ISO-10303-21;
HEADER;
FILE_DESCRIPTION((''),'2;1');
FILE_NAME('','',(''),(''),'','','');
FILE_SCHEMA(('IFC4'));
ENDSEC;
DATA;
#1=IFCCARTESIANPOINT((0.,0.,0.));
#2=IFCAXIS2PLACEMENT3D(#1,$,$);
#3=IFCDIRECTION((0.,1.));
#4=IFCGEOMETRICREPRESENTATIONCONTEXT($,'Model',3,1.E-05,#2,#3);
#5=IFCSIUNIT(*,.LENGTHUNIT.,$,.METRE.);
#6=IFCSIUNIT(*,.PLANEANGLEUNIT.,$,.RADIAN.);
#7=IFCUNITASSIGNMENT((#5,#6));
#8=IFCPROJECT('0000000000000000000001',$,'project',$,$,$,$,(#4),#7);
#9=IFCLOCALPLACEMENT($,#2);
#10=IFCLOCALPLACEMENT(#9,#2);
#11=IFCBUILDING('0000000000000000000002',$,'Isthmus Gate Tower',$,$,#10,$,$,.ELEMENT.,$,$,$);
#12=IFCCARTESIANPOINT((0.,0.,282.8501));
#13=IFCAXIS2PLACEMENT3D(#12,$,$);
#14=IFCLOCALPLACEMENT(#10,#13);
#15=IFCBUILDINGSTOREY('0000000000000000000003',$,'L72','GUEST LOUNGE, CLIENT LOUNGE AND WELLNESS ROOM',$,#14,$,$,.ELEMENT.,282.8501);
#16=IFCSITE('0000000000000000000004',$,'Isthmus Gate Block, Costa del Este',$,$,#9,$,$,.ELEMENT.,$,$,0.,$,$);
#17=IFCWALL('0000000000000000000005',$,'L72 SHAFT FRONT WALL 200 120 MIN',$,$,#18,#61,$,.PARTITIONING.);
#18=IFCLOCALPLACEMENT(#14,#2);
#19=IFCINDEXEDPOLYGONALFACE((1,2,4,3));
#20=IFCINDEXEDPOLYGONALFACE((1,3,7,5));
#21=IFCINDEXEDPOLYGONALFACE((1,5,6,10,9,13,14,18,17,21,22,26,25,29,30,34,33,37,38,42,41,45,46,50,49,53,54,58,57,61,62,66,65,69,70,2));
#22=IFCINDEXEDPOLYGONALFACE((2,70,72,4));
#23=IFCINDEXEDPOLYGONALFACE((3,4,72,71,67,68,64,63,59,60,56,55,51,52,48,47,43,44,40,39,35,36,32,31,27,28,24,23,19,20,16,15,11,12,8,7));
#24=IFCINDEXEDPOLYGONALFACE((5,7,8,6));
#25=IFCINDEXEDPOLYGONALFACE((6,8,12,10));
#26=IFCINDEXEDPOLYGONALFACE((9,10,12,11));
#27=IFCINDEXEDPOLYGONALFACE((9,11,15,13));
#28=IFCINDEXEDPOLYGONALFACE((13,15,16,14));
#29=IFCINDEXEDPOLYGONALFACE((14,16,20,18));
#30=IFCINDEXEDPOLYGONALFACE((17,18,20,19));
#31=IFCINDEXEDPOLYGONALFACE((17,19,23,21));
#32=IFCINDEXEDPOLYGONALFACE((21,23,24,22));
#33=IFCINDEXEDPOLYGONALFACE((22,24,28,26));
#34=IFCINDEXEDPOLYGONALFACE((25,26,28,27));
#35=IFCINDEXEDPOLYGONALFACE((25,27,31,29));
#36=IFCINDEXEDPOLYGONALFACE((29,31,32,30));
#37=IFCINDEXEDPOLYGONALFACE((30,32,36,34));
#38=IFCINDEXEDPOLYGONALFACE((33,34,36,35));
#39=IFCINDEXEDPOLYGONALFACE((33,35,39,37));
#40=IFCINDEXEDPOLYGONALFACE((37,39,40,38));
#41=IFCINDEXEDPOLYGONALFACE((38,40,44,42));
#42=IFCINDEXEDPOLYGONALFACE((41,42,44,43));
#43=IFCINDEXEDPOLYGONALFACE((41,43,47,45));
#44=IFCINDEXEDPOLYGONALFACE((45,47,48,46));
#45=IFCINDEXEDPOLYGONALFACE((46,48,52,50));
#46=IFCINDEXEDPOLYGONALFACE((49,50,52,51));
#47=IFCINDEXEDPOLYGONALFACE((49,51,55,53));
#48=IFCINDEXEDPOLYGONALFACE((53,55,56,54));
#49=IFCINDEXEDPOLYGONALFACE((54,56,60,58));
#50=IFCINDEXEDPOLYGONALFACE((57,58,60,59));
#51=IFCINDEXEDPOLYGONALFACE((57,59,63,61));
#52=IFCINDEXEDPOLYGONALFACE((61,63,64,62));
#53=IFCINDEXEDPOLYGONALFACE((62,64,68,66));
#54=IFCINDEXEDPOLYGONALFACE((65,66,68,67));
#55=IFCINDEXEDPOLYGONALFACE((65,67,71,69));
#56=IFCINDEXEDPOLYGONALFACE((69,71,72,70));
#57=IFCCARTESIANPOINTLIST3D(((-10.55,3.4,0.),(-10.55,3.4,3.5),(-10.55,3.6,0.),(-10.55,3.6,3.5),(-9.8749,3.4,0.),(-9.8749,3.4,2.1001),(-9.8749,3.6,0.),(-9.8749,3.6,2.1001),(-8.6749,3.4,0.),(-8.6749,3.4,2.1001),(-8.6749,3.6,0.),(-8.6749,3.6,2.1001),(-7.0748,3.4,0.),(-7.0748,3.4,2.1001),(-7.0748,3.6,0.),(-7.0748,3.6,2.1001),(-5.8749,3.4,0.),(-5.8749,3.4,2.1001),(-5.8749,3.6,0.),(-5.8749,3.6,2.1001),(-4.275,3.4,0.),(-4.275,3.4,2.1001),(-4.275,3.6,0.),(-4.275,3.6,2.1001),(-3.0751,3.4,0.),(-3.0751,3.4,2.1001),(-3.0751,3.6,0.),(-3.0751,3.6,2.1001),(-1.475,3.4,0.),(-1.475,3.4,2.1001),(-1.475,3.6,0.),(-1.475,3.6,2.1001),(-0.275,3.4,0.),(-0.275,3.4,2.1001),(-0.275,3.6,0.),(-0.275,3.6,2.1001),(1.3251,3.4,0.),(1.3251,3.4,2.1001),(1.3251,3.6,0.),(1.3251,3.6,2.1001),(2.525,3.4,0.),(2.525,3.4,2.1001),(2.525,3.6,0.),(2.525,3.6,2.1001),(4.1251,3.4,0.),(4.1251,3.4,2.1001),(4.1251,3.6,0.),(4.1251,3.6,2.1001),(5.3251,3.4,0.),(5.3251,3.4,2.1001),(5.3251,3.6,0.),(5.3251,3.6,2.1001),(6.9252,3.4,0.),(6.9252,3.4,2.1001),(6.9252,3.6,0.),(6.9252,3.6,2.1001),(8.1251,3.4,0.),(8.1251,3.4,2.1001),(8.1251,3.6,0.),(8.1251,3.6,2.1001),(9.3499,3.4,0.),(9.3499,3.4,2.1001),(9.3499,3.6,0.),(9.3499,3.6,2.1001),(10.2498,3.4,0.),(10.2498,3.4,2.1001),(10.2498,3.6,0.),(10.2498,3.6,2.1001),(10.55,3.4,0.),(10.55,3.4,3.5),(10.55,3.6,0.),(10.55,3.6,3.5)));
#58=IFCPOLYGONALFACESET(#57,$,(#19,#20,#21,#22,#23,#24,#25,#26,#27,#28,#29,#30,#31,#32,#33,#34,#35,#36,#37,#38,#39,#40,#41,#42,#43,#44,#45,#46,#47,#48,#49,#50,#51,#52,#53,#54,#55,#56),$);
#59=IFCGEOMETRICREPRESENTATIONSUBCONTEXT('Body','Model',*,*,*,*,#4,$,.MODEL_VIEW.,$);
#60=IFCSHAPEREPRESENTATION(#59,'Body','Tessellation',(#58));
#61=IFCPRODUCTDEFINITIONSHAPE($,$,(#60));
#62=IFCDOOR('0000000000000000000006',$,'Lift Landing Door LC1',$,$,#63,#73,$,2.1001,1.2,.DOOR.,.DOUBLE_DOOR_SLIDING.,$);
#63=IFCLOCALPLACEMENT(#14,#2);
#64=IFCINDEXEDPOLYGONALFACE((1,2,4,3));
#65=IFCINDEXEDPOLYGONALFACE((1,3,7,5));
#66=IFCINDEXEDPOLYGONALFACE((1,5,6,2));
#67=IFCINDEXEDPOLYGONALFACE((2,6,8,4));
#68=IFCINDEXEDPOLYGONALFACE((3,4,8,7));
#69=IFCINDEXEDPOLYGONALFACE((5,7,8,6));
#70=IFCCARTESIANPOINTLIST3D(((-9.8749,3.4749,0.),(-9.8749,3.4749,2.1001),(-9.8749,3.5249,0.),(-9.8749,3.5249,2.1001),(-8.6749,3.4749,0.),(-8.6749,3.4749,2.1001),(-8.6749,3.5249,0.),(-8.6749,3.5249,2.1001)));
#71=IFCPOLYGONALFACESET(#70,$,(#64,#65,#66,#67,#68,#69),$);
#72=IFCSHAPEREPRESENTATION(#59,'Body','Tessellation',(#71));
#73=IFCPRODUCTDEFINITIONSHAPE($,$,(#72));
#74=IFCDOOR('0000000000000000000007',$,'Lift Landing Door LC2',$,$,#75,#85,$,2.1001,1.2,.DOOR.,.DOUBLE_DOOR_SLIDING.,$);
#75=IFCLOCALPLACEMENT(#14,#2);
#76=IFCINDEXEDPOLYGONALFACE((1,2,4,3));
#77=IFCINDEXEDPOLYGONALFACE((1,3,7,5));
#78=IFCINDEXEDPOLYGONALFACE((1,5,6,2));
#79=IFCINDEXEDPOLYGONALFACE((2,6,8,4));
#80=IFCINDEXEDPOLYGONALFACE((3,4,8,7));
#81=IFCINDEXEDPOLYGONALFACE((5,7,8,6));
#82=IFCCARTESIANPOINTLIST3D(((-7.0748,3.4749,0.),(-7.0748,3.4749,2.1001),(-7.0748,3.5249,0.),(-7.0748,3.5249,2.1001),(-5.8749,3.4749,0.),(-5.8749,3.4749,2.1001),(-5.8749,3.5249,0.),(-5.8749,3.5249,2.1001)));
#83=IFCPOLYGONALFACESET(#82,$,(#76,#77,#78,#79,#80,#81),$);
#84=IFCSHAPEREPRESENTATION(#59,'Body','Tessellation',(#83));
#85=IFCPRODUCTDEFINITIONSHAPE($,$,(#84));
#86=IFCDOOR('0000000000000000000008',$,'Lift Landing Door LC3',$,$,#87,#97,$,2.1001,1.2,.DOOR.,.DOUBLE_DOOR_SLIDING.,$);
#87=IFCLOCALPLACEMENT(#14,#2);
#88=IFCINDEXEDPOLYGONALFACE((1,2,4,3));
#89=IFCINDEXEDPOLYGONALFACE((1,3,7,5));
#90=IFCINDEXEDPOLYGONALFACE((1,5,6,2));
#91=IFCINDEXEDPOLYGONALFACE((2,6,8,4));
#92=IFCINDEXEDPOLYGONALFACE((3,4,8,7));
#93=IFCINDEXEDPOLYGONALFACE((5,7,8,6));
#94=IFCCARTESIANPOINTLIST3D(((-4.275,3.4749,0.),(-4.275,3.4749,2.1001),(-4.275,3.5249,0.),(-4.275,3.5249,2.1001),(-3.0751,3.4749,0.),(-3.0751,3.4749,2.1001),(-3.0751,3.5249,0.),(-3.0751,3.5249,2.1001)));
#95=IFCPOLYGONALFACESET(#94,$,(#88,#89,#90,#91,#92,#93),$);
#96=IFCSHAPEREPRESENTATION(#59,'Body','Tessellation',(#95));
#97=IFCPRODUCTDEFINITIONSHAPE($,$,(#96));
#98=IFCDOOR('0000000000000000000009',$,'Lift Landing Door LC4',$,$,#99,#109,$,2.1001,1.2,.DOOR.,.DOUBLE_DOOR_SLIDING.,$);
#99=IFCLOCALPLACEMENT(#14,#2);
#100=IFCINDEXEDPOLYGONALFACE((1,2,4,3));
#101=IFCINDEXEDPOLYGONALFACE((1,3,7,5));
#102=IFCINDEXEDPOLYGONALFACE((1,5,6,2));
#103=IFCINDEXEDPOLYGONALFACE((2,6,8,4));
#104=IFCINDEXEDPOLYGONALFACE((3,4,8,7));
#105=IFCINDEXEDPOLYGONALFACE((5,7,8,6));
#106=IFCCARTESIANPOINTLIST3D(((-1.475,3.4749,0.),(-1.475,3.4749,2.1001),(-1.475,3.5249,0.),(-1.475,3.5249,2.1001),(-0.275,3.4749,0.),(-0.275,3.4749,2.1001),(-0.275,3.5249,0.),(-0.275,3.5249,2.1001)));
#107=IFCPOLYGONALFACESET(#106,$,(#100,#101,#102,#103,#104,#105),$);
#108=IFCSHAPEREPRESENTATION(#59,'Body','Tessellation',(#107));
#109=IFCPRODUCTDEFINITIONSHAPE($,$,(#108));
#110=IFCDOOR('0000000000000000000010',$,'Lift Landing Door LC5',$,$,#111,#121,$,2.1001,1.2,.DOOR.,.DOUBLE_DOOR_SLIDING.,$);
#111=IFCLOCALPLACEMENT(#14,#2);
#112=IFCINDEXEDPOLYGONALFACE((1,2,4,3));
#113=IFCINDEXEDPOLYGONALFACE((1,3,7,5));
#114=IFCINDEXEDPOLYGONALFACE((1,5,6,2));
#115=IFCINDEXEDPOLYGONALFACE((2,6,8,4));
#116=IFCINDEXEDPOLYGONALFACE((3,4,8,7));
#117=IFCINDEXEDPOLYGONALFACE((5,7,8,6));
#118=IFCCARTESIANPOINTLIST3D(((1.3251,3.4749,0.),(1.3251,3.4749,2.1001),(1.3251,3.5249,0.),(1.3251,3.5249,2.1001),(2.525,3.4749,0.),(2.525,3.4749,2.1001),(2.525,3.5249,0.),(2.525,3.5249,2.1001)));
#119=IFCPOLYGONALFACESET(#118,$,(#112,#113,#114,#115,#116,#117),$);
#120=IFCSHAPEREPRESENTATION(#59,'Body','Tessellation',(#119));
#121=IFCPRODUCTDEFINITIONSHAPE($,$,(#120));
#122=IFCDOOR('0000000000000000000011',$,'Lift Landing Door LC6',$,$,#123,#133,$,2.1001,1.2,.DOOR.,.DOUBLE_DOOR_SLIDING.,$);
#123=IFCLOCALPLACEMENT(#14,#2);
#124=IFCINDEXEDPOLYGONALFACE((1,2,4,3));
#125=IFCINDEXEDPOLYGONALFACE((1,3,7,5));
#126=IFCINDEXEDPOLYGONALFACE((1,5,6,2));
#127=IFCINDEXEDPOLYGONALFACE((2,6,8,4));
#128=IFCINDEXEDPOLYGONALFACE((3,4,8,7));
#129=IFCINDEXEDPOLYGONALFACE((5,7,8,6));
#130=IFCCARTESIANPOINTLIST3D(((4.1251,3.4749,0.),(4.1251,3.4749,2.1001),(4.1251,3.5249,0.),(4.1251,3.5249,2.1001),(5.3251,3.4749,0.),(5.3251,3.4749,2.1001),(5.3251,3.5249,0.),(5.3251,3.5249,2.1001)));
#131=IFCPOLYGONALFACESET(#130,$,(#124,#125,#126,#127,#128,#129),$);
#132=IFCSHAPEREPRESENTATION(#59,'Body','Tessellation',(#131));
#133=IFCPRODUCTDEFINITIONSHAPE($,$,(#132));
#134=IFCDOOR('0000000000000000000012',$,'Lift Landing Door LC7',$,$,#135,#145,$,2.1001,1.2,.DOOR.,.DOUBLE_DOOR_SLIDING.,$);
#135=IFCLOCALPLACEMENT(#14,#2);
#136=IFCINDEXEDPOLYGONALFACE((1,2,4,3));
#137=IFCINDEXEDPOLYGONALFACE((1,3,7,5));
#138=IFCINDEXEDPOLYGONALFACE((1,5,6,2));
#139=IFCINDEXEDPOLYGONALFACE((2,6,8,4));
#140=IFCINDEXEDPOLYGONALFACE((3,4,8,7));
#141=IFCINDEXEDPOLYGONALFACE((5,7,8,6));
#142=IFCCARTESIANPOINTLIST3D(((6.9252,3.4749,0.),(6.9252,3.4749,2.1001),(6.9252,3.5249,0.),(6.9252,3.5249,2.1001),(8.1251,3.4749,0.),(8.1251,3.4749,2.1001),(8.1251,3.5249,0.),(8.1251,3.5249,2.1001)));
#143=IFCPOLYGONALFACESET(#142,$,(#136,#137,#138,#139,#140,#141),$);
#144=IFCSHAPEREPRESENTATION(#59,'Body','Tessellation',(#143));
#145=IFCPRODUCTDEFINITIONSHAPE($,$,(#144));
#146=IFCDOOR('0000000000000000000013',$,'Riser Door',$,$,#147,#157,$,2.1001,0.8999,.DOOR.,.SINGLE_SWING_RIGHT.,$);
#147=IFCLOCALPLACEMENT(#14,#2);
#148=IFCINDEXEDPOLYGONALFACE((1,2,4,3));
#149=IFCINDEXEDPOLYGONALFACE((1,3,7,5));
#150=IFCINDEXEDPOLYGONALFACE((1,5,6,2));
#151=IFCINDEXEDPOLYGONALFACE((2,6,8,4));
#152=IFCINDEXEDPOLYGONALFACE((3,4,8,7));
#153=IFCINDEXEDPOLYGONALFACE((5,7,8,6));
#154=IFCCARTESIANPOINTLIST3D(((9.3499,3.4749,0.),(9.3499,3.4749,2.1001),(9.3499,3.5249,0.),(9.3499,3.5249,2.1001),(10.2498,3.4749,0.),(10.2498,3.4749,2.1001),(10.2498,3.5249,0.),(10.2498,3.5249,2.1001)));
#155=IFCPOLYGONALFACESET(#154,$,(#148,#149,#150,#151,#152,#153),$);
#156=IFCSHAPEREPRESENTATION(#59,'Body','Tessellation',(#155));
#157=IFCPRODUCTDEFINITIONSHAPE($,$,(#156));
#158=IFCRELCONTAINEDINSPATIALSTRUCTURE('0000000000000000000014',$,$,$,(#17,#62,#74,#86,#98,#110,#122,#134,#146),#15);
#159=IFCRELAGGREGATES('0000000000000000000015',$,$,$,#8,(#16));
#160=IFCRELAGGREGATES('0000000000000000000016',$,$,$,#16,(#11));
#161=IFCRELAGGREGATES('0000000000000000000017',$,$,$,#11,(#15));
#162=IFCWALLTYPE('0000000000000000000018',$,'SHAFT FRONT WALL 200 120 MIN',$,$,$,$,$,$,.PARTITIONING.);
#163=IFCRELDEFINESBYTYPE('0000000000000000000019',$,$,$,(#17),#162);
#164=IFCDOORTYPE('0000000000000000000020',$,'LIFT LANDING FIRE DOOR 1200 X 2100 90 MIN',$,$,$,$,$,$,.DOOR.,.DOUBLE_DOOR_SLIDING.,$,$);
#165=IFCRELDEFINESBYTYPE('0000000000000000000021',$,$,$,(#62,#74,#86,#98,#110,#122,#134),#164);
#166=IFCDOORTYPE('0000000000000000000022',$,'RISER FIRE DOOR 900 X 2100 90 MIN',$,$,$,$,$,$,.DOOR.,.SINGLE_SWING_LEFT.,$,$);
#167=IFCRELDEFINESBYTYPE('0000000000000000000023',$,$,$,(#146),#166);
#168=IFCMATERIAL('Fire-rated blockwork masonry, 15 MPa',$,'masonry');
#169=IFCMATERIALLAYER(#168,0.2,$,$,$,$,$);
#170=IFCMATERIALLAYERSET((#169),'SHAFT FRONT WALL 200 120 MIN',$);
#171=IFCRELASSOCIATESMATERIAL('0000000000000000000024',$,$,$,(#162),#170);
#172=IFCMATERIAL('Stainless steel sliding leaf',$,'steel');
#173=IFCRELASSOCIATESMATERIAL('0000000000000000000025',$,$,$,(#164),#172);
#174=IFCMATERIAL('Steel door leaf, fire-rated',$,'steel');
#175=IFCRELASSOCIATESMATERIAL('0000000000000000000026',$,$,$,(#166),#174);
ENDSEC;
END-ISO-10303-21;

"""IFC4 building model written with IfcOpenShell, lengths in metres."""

from ifc_helpers import new_model, si_unit, direction, frame, frame_2d, origin, place, context, subcontext, project, spatial, rectangle, extrude, material, layer, layer_set, type_object, element, fill, save


model = new_model("IFC4")

# Units and contexts
model_context = context("Model", 3, precision=1e-05, world=origin(), true_north=direction((0.0, 1.0)))
body_context = subcontext(model_context, "Body", "Model", "MODEL_VIEW")
ifc_project = project(units=[si_unit("LENGTHUNIT", "METRE"), si_unit("PLANEANGLEUNIT", "RADIAN")], contexts=[model_context])

# Site, building, storey
site_placement = place(None, origin())
site = spatial("IfcSite", under=ifc_project, at=site_placement, Name="Isthmus Gate Block, Costa del Este", CompositionType="ELEMENT", RefElevation=0.0)
building_placement = place(site_placement, origin())
building = spatial("IfcBuilding", under=site, at=building_placement, Name="Isthmus Gate Tower", CompositionType="ELEMENT")
storey_placement = place(building_placement, frame((0.0, 0.0, 282.8501)))
storey = spatial("IfcBuildingStorey", under=building, at=storey_placement, Name="L72", Description="GUEST LOUNGE, CLIENT LOUNGE AND WELLNESS ROOM", CompositionType="ELEMENT", Elevation=282.8501)

# Wall, openings, doors
ifc_material_1 = material(Name="Fire-rated blockwork masonry, 15 MPa", Category="masonry")
ifc_layer_1 = layer(ifc_material_1, 0.2)
ifc_layer_set_1 = layer_set([ifc_layer_1], Name="SHAFT FRONT WALL 200 120 MIN")
wall_type_1 = type_object("IfcWallType", Name="SHAFT FRONT WALL 200 120 MIN", PredefinedType="PARTITIONING", material=ifc_layer_set_1)
wall_1_placement = place(storey_placement, frame((-10.55, 3.5, 0.0), z_axis=(0.0, 0.0, 1.0), x_axis=(1.0, 0.0, 0.0)))
wall_1 = element("IfcWall", 1, at=wall_1_placement, inside=storey, type_object=wall_type_1, Name="L72 SHAFT FRONT WALL 200 120 MIN", PredefinedType="PARTITIONING", context=body_context, shape_type="SweptSolid", body=[
    extrude(rectangle(XDim=21.1001, YDim=0.2, at=frame_2d((10.55, 0.0))), origin(), (0.0, 0.0, 1.0), 3.5),
])
opening_1_placement = place(wall_1_placement, frame((0.675, 0.0, 0.0)))
opening_1 = element("IfcOpeningElement", 2, at=opening_1_placement, cuts=wall_1, PredefinedType="OPENING", context=body_context, shape_type="SweptSolid", body=[
    extrude(rectangle(XDim=1.2, YDim=2.1001, at=frame_2d((0.6001, 1.05))), frame((0.0, 0.1099, 0.0), z_axis=(0.0, -1.0, 0.0), x_axis=(1.0, 0.0, 0.0)), (0.0, 0.0, 1.0), 0.22),
])
opening_2_placement = place(wall_1_placement, frame((3.4751, 0.0, 0.0)))
opening_2 = element("IfcOpeningElement", 3, at=opening_2_placement, cuts=wall_1, PredefinedType="OPENING", context=body_context, shape_type="SweptSolid", body=[
    extrude(rectangle(XDim=1.2, YDim=2.1001, at=frame_2d((0.6001, 1.05))), frame((0.0, 0.1099, 0.0), z_axis=(0.0, -1.0, 0.0), x_axis=(1.0, 0.0, 0.0)), (0.0, 0.0, 1.0), 0.22),
])
opening_3_placement = place(wall_1_placement, frame((6.2749, 0.0, 0.0)))
opening_3 = element("IfcOpeningElement", 4, at=opening_3_placement, cuts=wall_1, PredefinedType="OPENING", context=body_context, shape_type="SweptSolid", body=[
    extrude(rectangle(XDim=1.2, YDim=2.1001, at=frame_2d((0.6001, 1.05))), frame((0.0, 0.1099, 0.0), z_axis=(0.0, -1.0, 0.0), x_axis=(1.0, 0.0, 0.0)), (0.0, 0.0, 1.0), 0.22),
])
opening_4_placement = place(wall_1_placement, frame((9.075, 0.0, 0.0)))
opening_4 = element("IfcOpeningElement", 5, at=opening_4_placement, cuts=wall_1, PredefinedType="OPENING", context=body_context, shape_type="SweptSolid", body=[
    extrude(rectangle(XDim=1.2, YDim=2.1001, at=frame_2d((0.6001, 1.05))), frame((0.0, 0.1099, 0.0), z_axis=(0.0, -1.0, 0.0), x_axis=(1.0, 0.0, 0.0)), (0.0, 0.0, 1.0), 0.22),
])
opening_5_placement = place(wall_1_placement, frame((11.875, 0.0, 0.0)))
opening_5 = element("IfcOpeningElement", 6, at=opening_5_placement, cuts=wall_1, PredefinedType="OPENING", context=body_context, shape_type="SweptSolid", body=[
    extrude(rectangle(XDim=1.2, YDim=2.1001, at=frame_2d((0.6001, 1.05))), frame((0.0, 0.1099, 0.0), z_axis=(0.0, -1.0, 0.0), x_axis=(1.0, 0.0, 0.0)), (0.0, 0.0, 1.0), 0.22),
])
opening_6_placement = place(wall_1_placement, frame((14.675, 0.0, 0.0)))
opening_6 = element("IfcOpeningElement", 7, at=opening_6_placement, cuts=wall_1, PredefinedType="OPENING", context=body_context, shape_type="SweptSolid", body=[
    extrude(rectangle(XDim=1.2, YDim=2.1001, at=frame_2d((0.6001, 1.05))), frame((0.0, 0.1099, 0.0), z_axis=(0.0, -1.0, 0.0), x_axis=(1.0, 0.0, 0.0)), (0.0, 0.0, 1.0), 0.22),
])
opening_7_placement = place(wall_1_placement, frame((17.4751, 0.0, 0.0)))
opening_7 = element("IfcOpeningElement", 8, at=opening_7_placement, cuts=wall_1, PredefinedType="OPENING", context=body_context, shape_type="SweptSolid", body=[
    extrude(rectangle(XDim=1.2, YDim=2.1001, at=frame_2d((0.6001, 1.05))), frame((0.0, 0.1099, 0.0), z_axis=(0.0, -1.0, 0.0), x_axis=(1.0, 0.0, 0.0)), (0.0, 0.0, 1.0), 0.22),
])
opening_8_placement = place(wall_1_placement, frame((19.8999, 0.0, 0.0)))
opening_8 = element("IfcOpeningElement", 9, at=opening_8_placement, cuts=wall_1, PredefinedType="OPENING", context=body_context, shape_type="SweptSolid", body=[
    extrude(rectangle(XDim=0.8999, YDim=2.1001, at=frame_2d((0.45, 1.05))), frame((0.0, 0.1099, 0.0), z_axis=(0.0, -1.0, 0.0), x_axis=(1.0, 0.0, 0.0)), (0.0, 0.0, 1.0), 0.22),
])
ifc_material_2 = material(Name="Stainless steel sliding leaf", Category="steel")
door_type_1 = type_object("IfcDoorType", Name="LIFT LANDING FIRE DOOR 1200 X 2100 90 MIN", OperationType="DOUBLE_DOOR_SLIDING", PredefinedType="DOOR", material=ifc_material_2)
door_1_placement = place(opening_1_placement, origin())
door_1 = element("IfcDoor", 10, at=door_1_placement, inside=storey, type_object=door_type_1, Name="Lift Landing Door LC1", OperationType="DOUBLE_DOOR_SLIDING", OverallHeight=2.1001, OverallWidth=1.2, PredefinedType="DOOR", context=body_context, shape_type="SweptSolid", body=[
    extrude(rectangle(XDim=1.2, YDim=2.1001, at=frame_2d((0.6001, 1.05))), frame((0.0, 0.0249, 0.0), z_axis=(0.0, -1.0, 0.0), x_axis=(1.0, 0.0, 0.0)), (0.0, 0.0, 1.0), 0.05),
])
fill(opening_1, door_1)
door_2_placement = place(opening_2_placement, origin())
door_2 = element("IfcDoor", 11, at=door_2_placement, inside=storey, type_object=door_type_1, Name="Lift Landing Door LC2", OperationType="DOUBLE_DOOR_SLIDING", OverallHeight=2.1001, OverallWidth=1.2, PredefinedType="DOOR", context=body_context, shape_type="SweptSolid", body=[
    extrude(rectangle(XDim=1.2, YDim=2.1001, at=frame_2d((0.6001, 1.05))), frame((0.0, 0.0249, 0.0), z_axis=(0.0, -1.0, 0.0), x_axis=(1.0, 0.0, 0.0)), (0.0, 0.0, 1.0), 0.05),
])
fill(opening_2, door_2)
door_3_placement = place(opening_3_placement, origin())
door_3 = element("IfcDoor", 12, at=door_3_placement, inside=storey, type_object=door_type_1, Name="Lift Landing Door LC3", OperationType="DOUBLE_DOOR_SLIDING", OverallHeight=2.1001, OverallWidth=1.2, PredefinedType="DOOR", context=body_context, shape_type="SweptSolid", body=[
    extrude(rectangle(XDim=1.2, YDim=2.1001, at=frame_2d((0.6001, 1.05))), frame((0.0, 0.0249, 0.0), z_axis=(0.0, -1.0, 0.0), x_axis=(1.0, 0.0, 0.0)), (0.0, 0.0, 1.0), 0.05),
])
fill(opening_3, door_3)
door_4_placement = place(opening_4_placement, origin())
door_4 = element("IfcDoor", 13, at=door_4_placement, inside=storey, type_object=door_type_1, Name="Lift Landing Door LC4", OperationType="DOUBLE_DOOR_SLIDING", OverallHeight=2.1001, OverallWidth=1.2, PredefinedType="DOOR", context=body_context, shape_type="SweptSolid", body=[
    extrude(rectangle(XDim=1.2, YDim=2.1001, at=frame_2d((0.6001, 1.05))), frame((0.0, 0.0249, 0.0), z_axis=(0.0, -1.0, 0.0), x_axis=(1.0, 0.0, 0.0)), (0.0, 0.0, 1.0), 0.05),
])
fill(opening_4, door_4)
door_5_placement = place(opening_5_placement, origin())
door_5 = element("IfcDoor", 14, at=door_5_placement, inside=storey, type_object=door_type_1, Name="Lift Landing Door LC5", OperationType="DOUBLE_DOOR_SLIDING", OverallHeight=2.1001, OverallWidth=1.2, PredefinedType="DOOR", context=body_context, shape_type="SweptSolid", body=[
    extrude(rectangle(XDim=1.2, YDim=2.1001, at=frame_2d((0.6001, 1.05))), frame((0.0, 0.0249, 0.0), z_axis=(0.0, -1.0, 0.0), x_axis=(1.0, 0.0, 0.0)), (0.0, 0.0, 1.0), 0.05),
])
fill(opening_5, door_5)
door_6_placement = place(opening_6_placement, origin())
door_6 = element("IfcDoor", 15, at=door_6_placement, inside=storey, type_object=door_type_1, Name="Lift Landing Door LC6", OperationType="DOUBLE_DOOR_SLIDING", OverallHeight=2.1001, OverallWidth=1.2, PredefinedType="DOOR", context=body_context, shape_type="SweptSolid", body=[
    extrude(rectangle(XDim=1.2, YDim=2.1001, at=frame_2d((0.6001, 1.05))), frame((0.0, 0.0249, 0.0), z_axis=(0.0, -1.0, 0.0), x_axis=(1.0, 0.0, 0.0)), (0.0, 0.0, 1.0), 0.05),
])
fill(opening_6, door_6)
door_7_placement = place(opening_7_placement, origin())
door_7 = element("IfcDoor", 16, at=door_7_placement, inside=storey, type_object=door_type_1, Name="Lift Landing Door LC7", OperationType="DOUBLE_DOOR_SLIDING", OverallHeight=2.1001, OverallWidth=1.2, PredefinedType="DOOR", context=body_context, shape_type="SweptSolid", body=[
    extrude(rectangle(XDim=1.2, YDim=2.1001, at=frame_2d((0.6001, 1.05))), frame((0.0, 0.0249, 0.0), z_axis=(0.0, -1.0, 0.0), x_axis=(1.0, 0.0, 0.0)), (0.0, 0.0, 1.0), 0.05),
])
fill(opening_7, door_7)
ifc_material_3 = material(Name="Steel door leaf, fire-rated", Category="steel")
door_type_2 = type_object("IfcDoorType", Name="RISER FIRE DOOR 900 X 2100 90 MIN", OperationType="SINGLE_SWING_LEFT", PredefinedType="DOOR", material=ifc_material_3)
door_8_placement = place(opening_8_placement, origin())
door_8 = element("IfcDoor", 17, at=door_8_placement, inside=storey, type_object=door_type_2, Name="Riser Door", OperationType="SINGLE_SWING_RIGHT", OverallHeight=2.1001, OverallWidth=0.8999, PredefinedType="DOOR", context=body_context, shape_type="SweptSolid", body=[
    extrude(rectangle(XDim=0.8999, YDim=2.1001, at=frame_2d((0.45, 1.05))), frame((0.0, 0.0249, 0.0), z_axis=(0.0, -1.0, 0.0), x_axis=(1.0, 0.0, 0.0)), (0.0, 0.0, 1.0), 0.05),
])
fill(opening_8, door_8)

save(model, "model.ifc")
